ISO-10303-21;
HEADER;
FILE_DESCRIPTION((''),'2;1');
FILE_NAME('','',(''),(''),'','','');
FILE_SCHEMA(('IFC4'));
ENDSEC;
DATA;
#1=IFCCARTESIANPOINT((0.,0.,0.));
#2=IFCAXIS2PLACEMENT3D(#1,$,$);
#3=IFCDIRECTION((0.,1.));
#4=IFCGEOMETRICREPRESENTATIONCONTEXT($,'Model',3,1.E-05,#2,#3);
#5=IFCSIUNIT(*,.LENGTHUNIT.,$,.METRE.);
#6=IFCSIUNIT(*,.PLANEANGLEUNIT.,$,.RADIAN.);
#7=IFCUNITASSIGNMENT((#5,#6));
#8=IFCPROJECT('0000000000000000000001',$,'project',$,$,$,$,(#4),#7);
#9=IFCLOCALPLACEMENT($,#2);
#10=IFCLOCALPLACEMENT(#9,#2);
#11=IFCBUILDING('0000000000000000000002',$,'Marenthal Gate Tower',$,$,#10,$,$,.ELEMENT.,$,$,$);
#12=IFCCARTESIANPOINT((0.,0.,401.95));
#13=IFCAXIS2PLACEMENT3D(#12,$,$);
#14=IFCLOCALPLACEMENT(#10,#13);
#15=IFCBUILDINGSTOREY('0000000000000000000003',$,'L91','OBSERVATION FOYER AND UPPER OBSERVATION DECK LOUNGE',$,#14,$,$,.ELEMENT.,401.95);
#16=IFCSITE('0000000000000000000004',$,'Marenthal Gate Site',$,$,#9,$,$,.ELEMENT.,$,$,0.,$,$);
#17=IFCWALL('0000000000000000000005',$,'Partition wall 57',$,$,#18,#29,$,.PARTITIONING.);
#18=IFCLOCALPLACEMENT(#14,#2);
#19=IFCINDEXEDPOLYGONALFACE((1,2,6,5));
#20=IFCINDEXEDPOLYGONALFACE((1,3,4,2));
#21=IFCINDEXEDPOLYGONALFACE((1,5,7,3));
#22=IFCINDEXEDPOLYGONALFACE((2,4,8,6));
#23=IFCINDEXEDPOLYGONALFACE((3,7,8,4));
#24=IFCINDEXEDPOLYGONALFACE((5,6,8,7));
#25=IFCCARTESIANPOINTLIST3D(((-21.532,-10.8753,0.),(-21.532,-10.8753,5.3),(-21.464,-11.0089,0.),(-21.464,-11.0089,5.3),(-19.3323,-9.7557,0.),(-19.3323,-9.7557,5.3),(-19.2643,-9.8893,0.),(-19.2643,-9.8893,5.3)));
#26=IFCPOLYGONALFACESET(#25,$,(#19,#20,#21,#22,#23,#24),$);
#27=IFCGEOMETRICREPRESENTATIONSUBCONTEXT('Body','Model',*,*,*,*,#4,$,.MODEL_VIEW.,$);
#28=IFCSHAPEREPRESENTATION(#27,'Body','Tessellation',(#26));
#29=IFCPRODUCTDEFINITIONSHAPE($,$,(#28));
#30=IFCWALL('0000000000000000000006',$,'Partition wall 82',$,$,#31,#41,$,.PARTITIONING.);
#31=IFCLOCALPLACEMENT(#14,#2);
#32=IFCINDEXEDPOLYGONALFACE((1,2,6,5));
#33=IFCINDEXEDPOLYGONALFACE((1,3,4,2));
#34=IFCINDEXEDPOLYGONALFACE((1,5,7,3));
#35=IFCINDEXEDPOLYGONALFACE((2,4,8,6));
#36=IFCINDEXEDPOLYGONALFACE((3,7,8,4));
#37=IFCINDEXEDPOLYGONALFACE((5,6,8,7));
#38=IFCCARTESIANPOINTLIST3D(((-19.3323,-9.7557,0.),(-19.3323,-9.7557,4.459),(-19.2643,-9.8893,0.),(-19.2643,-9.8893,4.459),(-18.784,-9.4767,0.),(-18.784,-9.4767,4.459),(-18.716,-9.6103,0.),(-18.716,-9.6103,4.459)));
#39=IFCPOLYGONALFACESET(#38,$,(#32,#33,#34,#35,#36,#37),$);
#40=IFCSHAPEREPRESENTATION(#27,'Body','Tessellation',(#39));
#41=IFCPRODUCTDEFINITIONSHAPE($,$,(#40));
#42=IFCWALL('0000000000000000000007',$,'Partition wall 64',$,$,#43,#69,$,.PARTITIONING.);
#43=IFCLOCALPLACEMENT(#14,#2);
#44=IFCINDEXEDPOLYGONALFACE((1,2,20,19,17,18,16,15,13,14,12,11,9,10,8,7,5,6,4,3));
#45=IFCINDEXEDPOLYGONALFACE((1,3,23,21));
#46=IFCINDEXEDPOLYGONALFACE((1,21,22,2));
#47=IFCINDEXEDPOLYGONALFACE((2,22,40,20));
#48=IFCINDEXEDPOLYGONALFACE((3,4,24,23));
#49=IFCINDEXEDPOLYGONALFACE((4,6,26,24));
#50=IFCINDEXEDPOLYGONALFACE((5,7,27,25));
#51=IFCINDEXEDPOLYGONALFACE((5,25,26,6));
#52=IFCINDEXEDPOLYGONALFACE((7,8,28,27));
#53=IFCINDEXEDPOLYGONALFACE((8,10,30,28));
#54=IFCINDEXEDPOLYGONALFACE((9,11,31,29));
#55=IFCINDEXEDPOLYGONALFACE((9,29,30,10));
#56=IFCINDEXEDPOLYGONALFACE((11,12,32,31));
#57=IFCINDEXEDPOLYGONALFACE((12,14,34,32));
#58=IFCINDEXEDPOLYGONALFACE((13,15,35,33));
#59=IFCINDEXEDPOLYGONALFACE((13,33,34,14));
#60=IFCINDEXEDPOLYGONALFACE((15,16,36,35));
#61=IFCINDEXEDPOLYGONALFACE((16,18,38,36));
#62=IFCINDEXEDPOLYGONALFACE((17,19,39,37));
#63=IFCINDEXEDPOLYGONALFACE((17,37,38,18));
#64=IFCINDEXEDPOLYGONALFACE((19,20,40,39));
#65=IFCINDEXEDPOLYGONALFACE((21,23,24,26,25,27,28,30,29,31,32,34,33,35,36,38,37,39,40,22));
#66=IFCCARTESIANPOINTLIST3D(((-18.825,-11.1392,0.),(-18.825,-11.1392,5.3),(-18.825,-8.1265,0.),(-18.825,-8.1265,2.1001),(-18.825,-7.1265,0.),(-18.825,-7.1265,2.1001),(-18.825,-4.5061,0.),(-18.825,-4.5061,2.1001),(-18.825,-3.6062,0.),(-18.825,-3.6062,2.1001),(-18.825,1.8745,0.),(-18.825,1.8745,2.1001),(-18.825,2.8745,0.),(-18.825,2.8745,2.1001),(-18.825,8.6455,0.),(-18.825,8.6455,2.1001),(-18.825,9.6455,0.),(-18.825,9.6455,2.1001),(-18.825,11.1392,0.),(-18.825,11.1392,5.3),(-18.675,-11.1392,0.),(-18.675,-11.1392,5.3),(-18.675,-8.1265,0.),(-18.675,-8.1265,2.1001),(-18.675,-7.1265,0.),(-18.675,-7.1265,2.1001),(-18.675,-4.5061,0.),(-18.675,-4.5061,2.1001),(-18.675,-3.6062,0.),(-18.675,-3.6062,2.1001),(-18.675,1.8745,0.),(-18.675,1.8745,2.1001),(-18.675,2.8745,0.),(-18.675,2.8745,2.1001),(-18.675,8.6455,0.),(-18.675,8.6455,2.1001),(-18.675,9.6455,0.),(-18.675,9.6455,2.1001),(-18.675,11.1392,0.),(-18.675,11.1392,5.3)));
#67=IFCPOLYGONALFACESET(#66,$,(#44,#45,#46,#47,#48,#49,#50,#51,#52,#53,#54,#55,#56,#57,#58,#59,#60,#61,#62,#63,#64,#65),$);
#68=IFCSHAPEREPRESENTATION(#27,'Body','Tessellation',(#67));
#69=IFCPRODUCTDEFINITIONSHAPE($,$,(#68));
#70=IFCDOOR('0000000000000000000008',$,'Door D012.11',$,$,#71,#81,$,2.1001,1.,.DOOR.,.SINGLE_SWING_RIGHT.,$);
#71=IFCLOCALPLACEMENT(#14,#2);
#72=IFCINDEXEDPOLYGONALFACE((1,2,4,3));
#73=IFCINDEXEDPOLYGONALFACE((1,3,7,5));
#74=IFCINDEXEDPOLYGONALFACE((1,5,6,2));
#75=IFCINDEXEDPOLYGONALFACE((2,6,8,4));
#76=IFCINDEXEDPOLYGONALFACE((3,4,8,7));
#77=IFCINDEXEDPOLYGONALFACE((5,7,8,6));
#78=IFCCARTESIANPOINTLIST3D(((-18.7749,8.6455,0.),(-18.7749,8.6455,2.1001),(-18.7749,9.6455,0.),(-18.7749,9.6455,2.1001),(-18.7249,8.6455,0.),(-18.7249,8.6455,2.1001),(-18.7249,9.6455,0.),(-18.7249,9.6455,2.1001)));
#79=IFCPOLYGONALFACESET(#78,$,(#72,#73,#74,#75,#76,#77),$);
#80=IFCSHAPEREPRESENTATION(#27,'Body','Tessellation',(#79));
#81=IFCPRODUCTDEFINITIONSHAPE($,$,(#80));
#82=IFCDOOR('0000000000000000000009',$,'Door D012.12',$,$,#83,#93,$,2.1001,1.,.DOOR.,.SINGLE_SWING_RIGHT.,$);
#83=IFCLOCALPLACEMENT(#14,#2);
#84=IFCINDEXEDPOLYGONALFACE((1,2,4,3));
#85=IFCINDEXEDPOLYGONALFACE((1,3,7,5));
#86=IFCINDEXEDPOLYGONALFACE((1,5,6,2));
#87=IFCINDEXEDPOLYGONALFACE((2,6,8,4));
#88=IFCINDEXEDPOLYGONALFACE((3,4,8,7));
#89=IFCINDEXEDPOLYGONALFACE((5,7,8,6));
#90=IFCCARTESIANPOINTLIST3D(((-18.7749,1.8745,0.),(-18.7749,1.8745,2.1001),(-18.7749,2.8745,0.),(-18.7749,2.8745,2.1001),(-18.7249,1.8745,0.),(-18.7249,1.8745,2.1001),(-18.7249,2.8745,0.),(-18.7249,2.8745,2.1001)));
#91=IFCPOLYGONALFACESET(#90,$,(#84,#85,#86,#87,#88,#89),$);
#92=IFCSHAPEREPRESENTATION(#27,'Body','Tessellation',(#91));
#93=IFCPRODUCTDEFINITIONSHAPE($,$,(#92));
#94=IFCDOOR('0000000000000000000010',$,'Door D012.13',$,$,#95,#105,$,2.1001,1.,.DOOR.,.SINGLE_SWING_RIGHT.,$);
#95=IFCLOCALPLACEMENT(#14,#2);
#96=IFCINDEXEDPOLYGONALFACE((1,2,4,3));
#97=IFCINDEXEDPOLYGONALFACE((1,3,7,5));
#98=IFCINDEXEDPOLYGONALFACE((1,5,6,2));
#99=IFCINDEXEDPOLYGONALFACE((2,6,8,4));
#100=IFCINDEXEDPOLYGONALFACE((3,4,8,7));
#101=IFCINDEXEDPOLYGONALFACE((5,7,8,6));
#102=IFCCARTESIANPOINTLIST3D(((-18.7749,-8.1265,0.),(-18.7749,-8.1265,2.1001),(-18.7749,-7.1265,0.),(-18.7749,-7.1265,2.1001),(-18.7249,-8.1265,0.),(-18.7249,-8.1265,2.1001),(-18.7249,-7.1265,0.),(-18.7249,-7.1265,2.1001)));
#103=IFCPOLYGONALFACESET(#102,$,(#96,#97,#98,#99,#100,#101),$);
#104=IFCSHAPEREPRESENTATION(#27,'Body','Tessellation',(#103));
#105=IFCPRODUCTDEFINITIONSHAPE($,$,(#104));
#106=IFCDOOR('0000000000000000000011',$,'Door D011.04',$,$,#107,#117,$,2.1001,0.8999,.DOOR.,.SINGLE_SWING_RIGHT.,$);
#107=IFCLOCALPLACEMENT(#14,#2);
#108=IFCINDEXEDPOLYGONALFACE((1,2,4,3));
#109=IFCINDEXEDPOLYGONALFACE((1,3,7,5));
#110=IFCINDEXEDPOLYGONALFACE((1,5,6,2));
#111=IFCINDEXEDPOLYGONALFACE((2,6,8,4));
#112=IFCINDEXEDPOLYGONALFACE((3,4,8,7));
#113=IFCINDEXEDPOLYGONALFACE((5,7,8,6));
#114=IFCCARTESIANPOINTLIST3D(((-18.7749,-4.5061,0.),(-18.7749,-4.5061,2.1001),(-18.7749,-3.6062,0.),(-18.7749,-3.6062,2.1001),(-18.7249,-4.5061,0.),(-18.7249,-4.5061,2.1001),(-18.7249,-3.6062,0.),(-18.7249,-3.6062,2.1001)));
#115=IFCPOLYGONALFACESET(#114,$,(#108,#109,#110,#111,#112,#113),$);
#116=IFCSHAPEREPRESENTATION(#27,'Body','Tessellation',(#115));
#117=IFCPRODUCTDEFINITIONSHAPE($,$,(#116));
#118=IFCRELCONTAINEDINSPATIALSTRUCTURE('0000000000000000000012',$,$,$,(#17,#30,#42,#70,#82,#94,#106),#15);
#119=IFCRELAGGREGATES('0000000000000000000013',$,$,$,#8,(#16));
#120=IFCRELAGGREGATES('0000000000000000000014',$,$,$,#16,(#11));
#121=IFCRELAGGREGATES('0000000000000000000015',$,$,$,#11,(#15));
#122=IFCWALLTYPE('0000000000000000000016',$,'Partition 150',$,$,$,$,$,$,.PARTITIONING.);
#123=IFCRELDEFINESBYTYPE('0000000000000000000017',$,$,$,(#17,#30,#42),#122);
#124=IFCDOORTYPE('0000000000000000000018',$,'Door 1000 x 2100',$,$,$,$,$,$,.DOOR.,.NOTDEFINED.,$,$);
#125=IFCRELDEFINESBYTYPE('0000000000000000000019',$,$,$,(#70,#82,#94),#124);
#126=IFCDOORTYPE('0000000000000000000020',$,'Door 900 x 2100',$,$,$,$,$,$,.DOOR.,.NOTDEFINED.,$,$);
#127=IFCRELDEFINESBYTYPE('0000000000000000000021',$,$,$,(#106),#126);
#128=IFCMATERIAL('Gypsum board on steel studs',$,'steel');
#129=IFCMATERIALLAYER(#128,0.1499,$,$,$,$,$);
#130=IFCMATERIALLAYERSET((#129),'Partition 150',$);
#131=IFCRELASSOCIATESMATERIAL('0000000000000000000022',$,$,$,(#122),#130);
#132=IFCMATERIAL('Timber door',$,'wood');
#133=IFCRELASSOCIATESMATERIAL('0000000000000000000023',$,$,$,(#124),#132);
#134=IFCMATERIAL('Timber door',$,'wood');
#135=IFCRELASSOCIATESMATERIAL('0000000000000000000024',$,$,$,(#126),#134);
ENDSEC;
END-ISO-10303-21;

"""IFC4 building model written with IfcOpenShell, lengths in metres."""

from ifc_helpers import new_model, si_unit, direction, frame, frame_2d, origin, place, context, subcontext, project, spatial, rectangle, extrude, material, layer, layer_set, type_object, element, fill, save


model = new_model("IFC4")

# Units and contexts
model_context = context("Model", 3, precision=1e-05, world=origin(), true_north=direction((0.0, 1.0)))
body_context = subcontext(model_context, "Body", "Model", "MODEL_VIEW")
ifc_project = project(units=[si_unit("LENGTHUNIT", "METRE"), si_unit("PLANEANGLEUNIT", "RADIAN")], contexts=[model_context])

# Site, building, storey
site_placement = place(None, origin())
site = spatial("IfcSite", under=ifc_project, at=site_placement, Name="Marenthal Gate Site", CompositionType="ELEMENT", RefElevation=0.0)
building_placement = place(site_placement, origin())
building = spatial("IfcBuilding", under=site, at=building_placement, Name="Marenthal Gate Tower", CompositionType="ELEMENT")
storey_placement = place(building_placement, frame((0.0, 0.0, 401.95)))
storey = spatial("IfcBuildingStorey", under=building, at=storey_placement, Name="L91", Description="OBSERVATION FOYER AND UPPER OBSERVATION DECK LOUNGE", CompositionType="ELEMENT", Elevation=401.95)

# Walls
ifc_material_1 = material(Name="Gypsum board on steel studs", Category="steel")
ifc_layer_1 = layer(ifc_material_1, 0.1499)
ifc_layer_set_1 = layer_set([ifc_layer_1], Name="Partition 150")
wall_type_1 = type_object("IfcWallType", Name="Partition 150", PredefinedType="PARTITIONING", material=ifc_layer_set_1)
wall_1_placement = place(storey_placement, frame((-21.498, -10.9421, 0.0), z_axis=(0.0, 0.0, 1.0), x_axis=(0.891199, 0.453612, 0.0)))
element("IfcWall", 1, at=wall_1_placement, inside=storey, type_object=wall_type_1, Name="Partition wall 57", PredefinedType="PARTITIONING", context=body_context, shape_type="SweptSolid", body=[
    extrude(rectangle(XDim=2.4683, YDim=0.1499, at=frame_2d((1.2341, 0.0))), origin(), (0.0, 0.0, 1.0), 5.3),
])
wall_2_placement = place(storey_placement, frame((-19.2983, -9.8225, 0.0), z_axis=(0.0, 0.0, 1.0), x_axis=(0.89123, 0.453551, 0.0)))
element("IfcWall", 2, at=wall_2_placement, inside=storey, type_object=wall_type_1, Name="Partition wall 82", PredefinedType="PARTITIONING", context=body_context, shape_type="SweptSolid", body=[
    extrude(rectangle(XDim=0.6152, YDim=0.1499, at=frame_2d((0.3076, 0.0))), origin(), (0.0, 0.0, 1.0), 4.459),
])

# Wall, openings, doors
wall_3_placement = place(storey_placement, frame((-18.75, -11.1392, 0.0), z_axis=(0.0, 0.0, 1.0), x_axis=(0.0, 1.0, 0.0)))
wall_3 = element("IfcWall", 3, at=wall_3_placement, inside=storey, type_object=wall_type_1, Name="Partition wall 64", PredefinedType="PARTITIONING", context=body_context, shape_type="SweptSolid", body=[
    extrude(rectangle(XDim=22.2783, YDim=0.1499, at=frame_2d((11.1392, 0.0))), origin(), (0.0, 0.0, 1.0), 5.3),
])
opening_1_placement = place(wall_3_placement, frame((19.7847, 0.0, 0.0)))
opening_1 = element("IfcOpeningElement", 4, at=opening_1_placement, cuts=wall_3, PredefinedType="OPENING", context=body_context, shape_type="SweptSolid", body=[
    extrude(rectangle(XDim=1.0, YDim=2.1001, at=frame_2d((0.5, 1.05))), frame((0.0, 0.085, 0.0), z_axis=(0.0, -1.0, 0.0), x_axis=(1.0, 0.0, 0.0)), (0.0, 0.0, 1.0), 0.1699),
])
opening_2_placement = place(wall_3_placement, frame((13.0137, 0.0, 0.0)))
opening_2 = element("IfcOpeningElement", 5, at=opening_2_placement, cuts=wall_3, PredefinedType="OPENING", context=body_context, shape_type="SweptSolid", body=[
    extrude(rectangle(XDim=1.0, YDim=2.1001, at=frame_2d((0.5, 1.05))), frame((0.0, 0.085, 0.0), z_axis=(0.0, -1.0, 0.0), x_axis=(1.0, 0.0, 0.0)), (0.0, 0.0, 1.0), 0.1699),
])
opening_3_placement = place(wall_3_placement, frame((6.6331, 0.0, 0.0)))
opening_3 = element("IfcOpeningElement", 6, at=opening_3_placement, cuts=wall_3, PredefinedType="OPENING", context=body_context, shape_type="SweptSolid", body=[
    extrude(rectangle(XDim=0.8999, YDim=2.1001, at=frame_2d((0.45, 1.05))), frame((0.0, 0.085, 0.0), z_axis=(0.0, -1.0, 0.0), x_axis=(1.0, 0.0, 0.0)), (0.0, 0.0, 1.0), 0.1699),
])
opening_4_placement = place(wall_3_placement, frame((3.0127, 0.0, 0.0)))
opening_4 = element("IfcOpeningElement", 7, at=opening_4_placement, cuts=wall_3, PredefinedType="OPENING", context=body_context, shape_type="SweptSolid", body=[
    extrude(rectangle(XDim=1.0, YDim=2.1001, at=frame_2d((0.5, 1.05))), frame((0.0, 0.085, 0.0), z_axis=(0.0, -1.0, 0.0), x_axis=(1.0, 0.0, 0.0)), (0.0, 0.0, 1.0), 0.1699),
])
ifc_material_2 = material(Name="Timber door", Category="wood")
door_type_1 = type_object("IfcDoorType", Name="Door 1000 x 2100", OperationType="NOTDEFINED", PredefinedType="DOOR", material=ifc_material_2)
door_1_placement = place(opening_1_placement, origin())
door_1 = element("IfcDoor", 8, at=door_1_placement, inside=storey, type_object=door_type_1, Name="Door D012.11", OperationType="SINGLE_SWING_RIGHT", OverallHeight=2.1001, OverallWidth=1.0, PredefinedType="DOOR", context=body_context, shape_type="SweptSolid", body=[
    extrude(rectangle(XDim=1.0, YDim=2.1001, at=frame_2d((0.5, 1.05))), frame((0.0, 0.0249, 0.0), z_axis=(0.0, -1.0, 0.0), x_axis=(1.0, 0.0, 0.0)), (0.0, 0.0, 1.0), 0.05),
])
fill(opening_1, door_1)
door_2_placement = place(opening_2_placement, origin())
door_2 = element("IfcDoor", 9, at=door_2_placement, inside=storey, type_object=door_type_1, Name="Door D012.12", OperationType="SINGLE_SWING_RIGHT", OverallHeight=2.1001, OverallWidth=1.0, PredefinedType="DOOR", context=body_context, shape_type="SweptSolid", body=[
    extrude(rectangle(XDim=1.0, YDim=2.1001, at=frame_2d((0.5, 1.05))), frame((0.0, 0.0249, 0.0), z_axis=(0.0, -1.0, 0.0), x_axis=(1.0, 0.0, 0.0)), (0.0, 0.0, 1.0), 0.05),
])
fill(opening_2, door_2)
door_3_placement = place(opening_4_placement, origin())
door_3 = element("IfcDoor", 10, at=door_3_placement, inside=storey, type_object=door_type_1, Name="Door D012.13", OperationType="SINGLE_SWING_RIGHT", OverallHeight=2.1001, OverallWidth=1.0, PredefinedType="DOOR", context=body_context, shape_type="SweptSolid", body=[
    extrude(rectangle(XDim=1.0, YDim=2.1001, at=frame_2d((0.5, 1.05))), frame((0.0, 0.0249, 0.0), z_axis=(0.0, -1.0, 0.0), x_axis=(1.0, 0.0, 0.0)), (0.0, 0.0, 1.0), 0.05),
])
fill(opening_4, door_3)
ifc_material_3 = material(Name="Timber door", Category="wood")
door_type_2 = type_object("IfcDoorType", Name="Door 900 x 2100", OperationType="NOTDEFINED", PredefinedType="DOOR", material=ifc_material_3)
door_4_placement = place(opening_3_placement, origin())
door_4 = element("IfcDoor", 11, at=door_4_placement, inside=storey, type_object=door_type_2, Name="Door D011.04", OperationType="SINGLE_SWING_RIGHT", OverallHeight=2.1001, OverallWidth=0.8999, PredefinedType="DOOR", context=body_context, shape_type="SweptSolid", body=[
    extrude(rectangle(XDim=0.8999, YDim=2.1001, at=frame_2d((0.45, 1.05))), frame((0.0, 0.0249, 0.0), z_axis=(0.0, -1.0, 0.0), x_axis=(1.0, 0.0, 0.0)), (0.0, 0.0, 1.0), 0.05),
])
fill(opening_3, door_4)

save(model, "model.ifc")
